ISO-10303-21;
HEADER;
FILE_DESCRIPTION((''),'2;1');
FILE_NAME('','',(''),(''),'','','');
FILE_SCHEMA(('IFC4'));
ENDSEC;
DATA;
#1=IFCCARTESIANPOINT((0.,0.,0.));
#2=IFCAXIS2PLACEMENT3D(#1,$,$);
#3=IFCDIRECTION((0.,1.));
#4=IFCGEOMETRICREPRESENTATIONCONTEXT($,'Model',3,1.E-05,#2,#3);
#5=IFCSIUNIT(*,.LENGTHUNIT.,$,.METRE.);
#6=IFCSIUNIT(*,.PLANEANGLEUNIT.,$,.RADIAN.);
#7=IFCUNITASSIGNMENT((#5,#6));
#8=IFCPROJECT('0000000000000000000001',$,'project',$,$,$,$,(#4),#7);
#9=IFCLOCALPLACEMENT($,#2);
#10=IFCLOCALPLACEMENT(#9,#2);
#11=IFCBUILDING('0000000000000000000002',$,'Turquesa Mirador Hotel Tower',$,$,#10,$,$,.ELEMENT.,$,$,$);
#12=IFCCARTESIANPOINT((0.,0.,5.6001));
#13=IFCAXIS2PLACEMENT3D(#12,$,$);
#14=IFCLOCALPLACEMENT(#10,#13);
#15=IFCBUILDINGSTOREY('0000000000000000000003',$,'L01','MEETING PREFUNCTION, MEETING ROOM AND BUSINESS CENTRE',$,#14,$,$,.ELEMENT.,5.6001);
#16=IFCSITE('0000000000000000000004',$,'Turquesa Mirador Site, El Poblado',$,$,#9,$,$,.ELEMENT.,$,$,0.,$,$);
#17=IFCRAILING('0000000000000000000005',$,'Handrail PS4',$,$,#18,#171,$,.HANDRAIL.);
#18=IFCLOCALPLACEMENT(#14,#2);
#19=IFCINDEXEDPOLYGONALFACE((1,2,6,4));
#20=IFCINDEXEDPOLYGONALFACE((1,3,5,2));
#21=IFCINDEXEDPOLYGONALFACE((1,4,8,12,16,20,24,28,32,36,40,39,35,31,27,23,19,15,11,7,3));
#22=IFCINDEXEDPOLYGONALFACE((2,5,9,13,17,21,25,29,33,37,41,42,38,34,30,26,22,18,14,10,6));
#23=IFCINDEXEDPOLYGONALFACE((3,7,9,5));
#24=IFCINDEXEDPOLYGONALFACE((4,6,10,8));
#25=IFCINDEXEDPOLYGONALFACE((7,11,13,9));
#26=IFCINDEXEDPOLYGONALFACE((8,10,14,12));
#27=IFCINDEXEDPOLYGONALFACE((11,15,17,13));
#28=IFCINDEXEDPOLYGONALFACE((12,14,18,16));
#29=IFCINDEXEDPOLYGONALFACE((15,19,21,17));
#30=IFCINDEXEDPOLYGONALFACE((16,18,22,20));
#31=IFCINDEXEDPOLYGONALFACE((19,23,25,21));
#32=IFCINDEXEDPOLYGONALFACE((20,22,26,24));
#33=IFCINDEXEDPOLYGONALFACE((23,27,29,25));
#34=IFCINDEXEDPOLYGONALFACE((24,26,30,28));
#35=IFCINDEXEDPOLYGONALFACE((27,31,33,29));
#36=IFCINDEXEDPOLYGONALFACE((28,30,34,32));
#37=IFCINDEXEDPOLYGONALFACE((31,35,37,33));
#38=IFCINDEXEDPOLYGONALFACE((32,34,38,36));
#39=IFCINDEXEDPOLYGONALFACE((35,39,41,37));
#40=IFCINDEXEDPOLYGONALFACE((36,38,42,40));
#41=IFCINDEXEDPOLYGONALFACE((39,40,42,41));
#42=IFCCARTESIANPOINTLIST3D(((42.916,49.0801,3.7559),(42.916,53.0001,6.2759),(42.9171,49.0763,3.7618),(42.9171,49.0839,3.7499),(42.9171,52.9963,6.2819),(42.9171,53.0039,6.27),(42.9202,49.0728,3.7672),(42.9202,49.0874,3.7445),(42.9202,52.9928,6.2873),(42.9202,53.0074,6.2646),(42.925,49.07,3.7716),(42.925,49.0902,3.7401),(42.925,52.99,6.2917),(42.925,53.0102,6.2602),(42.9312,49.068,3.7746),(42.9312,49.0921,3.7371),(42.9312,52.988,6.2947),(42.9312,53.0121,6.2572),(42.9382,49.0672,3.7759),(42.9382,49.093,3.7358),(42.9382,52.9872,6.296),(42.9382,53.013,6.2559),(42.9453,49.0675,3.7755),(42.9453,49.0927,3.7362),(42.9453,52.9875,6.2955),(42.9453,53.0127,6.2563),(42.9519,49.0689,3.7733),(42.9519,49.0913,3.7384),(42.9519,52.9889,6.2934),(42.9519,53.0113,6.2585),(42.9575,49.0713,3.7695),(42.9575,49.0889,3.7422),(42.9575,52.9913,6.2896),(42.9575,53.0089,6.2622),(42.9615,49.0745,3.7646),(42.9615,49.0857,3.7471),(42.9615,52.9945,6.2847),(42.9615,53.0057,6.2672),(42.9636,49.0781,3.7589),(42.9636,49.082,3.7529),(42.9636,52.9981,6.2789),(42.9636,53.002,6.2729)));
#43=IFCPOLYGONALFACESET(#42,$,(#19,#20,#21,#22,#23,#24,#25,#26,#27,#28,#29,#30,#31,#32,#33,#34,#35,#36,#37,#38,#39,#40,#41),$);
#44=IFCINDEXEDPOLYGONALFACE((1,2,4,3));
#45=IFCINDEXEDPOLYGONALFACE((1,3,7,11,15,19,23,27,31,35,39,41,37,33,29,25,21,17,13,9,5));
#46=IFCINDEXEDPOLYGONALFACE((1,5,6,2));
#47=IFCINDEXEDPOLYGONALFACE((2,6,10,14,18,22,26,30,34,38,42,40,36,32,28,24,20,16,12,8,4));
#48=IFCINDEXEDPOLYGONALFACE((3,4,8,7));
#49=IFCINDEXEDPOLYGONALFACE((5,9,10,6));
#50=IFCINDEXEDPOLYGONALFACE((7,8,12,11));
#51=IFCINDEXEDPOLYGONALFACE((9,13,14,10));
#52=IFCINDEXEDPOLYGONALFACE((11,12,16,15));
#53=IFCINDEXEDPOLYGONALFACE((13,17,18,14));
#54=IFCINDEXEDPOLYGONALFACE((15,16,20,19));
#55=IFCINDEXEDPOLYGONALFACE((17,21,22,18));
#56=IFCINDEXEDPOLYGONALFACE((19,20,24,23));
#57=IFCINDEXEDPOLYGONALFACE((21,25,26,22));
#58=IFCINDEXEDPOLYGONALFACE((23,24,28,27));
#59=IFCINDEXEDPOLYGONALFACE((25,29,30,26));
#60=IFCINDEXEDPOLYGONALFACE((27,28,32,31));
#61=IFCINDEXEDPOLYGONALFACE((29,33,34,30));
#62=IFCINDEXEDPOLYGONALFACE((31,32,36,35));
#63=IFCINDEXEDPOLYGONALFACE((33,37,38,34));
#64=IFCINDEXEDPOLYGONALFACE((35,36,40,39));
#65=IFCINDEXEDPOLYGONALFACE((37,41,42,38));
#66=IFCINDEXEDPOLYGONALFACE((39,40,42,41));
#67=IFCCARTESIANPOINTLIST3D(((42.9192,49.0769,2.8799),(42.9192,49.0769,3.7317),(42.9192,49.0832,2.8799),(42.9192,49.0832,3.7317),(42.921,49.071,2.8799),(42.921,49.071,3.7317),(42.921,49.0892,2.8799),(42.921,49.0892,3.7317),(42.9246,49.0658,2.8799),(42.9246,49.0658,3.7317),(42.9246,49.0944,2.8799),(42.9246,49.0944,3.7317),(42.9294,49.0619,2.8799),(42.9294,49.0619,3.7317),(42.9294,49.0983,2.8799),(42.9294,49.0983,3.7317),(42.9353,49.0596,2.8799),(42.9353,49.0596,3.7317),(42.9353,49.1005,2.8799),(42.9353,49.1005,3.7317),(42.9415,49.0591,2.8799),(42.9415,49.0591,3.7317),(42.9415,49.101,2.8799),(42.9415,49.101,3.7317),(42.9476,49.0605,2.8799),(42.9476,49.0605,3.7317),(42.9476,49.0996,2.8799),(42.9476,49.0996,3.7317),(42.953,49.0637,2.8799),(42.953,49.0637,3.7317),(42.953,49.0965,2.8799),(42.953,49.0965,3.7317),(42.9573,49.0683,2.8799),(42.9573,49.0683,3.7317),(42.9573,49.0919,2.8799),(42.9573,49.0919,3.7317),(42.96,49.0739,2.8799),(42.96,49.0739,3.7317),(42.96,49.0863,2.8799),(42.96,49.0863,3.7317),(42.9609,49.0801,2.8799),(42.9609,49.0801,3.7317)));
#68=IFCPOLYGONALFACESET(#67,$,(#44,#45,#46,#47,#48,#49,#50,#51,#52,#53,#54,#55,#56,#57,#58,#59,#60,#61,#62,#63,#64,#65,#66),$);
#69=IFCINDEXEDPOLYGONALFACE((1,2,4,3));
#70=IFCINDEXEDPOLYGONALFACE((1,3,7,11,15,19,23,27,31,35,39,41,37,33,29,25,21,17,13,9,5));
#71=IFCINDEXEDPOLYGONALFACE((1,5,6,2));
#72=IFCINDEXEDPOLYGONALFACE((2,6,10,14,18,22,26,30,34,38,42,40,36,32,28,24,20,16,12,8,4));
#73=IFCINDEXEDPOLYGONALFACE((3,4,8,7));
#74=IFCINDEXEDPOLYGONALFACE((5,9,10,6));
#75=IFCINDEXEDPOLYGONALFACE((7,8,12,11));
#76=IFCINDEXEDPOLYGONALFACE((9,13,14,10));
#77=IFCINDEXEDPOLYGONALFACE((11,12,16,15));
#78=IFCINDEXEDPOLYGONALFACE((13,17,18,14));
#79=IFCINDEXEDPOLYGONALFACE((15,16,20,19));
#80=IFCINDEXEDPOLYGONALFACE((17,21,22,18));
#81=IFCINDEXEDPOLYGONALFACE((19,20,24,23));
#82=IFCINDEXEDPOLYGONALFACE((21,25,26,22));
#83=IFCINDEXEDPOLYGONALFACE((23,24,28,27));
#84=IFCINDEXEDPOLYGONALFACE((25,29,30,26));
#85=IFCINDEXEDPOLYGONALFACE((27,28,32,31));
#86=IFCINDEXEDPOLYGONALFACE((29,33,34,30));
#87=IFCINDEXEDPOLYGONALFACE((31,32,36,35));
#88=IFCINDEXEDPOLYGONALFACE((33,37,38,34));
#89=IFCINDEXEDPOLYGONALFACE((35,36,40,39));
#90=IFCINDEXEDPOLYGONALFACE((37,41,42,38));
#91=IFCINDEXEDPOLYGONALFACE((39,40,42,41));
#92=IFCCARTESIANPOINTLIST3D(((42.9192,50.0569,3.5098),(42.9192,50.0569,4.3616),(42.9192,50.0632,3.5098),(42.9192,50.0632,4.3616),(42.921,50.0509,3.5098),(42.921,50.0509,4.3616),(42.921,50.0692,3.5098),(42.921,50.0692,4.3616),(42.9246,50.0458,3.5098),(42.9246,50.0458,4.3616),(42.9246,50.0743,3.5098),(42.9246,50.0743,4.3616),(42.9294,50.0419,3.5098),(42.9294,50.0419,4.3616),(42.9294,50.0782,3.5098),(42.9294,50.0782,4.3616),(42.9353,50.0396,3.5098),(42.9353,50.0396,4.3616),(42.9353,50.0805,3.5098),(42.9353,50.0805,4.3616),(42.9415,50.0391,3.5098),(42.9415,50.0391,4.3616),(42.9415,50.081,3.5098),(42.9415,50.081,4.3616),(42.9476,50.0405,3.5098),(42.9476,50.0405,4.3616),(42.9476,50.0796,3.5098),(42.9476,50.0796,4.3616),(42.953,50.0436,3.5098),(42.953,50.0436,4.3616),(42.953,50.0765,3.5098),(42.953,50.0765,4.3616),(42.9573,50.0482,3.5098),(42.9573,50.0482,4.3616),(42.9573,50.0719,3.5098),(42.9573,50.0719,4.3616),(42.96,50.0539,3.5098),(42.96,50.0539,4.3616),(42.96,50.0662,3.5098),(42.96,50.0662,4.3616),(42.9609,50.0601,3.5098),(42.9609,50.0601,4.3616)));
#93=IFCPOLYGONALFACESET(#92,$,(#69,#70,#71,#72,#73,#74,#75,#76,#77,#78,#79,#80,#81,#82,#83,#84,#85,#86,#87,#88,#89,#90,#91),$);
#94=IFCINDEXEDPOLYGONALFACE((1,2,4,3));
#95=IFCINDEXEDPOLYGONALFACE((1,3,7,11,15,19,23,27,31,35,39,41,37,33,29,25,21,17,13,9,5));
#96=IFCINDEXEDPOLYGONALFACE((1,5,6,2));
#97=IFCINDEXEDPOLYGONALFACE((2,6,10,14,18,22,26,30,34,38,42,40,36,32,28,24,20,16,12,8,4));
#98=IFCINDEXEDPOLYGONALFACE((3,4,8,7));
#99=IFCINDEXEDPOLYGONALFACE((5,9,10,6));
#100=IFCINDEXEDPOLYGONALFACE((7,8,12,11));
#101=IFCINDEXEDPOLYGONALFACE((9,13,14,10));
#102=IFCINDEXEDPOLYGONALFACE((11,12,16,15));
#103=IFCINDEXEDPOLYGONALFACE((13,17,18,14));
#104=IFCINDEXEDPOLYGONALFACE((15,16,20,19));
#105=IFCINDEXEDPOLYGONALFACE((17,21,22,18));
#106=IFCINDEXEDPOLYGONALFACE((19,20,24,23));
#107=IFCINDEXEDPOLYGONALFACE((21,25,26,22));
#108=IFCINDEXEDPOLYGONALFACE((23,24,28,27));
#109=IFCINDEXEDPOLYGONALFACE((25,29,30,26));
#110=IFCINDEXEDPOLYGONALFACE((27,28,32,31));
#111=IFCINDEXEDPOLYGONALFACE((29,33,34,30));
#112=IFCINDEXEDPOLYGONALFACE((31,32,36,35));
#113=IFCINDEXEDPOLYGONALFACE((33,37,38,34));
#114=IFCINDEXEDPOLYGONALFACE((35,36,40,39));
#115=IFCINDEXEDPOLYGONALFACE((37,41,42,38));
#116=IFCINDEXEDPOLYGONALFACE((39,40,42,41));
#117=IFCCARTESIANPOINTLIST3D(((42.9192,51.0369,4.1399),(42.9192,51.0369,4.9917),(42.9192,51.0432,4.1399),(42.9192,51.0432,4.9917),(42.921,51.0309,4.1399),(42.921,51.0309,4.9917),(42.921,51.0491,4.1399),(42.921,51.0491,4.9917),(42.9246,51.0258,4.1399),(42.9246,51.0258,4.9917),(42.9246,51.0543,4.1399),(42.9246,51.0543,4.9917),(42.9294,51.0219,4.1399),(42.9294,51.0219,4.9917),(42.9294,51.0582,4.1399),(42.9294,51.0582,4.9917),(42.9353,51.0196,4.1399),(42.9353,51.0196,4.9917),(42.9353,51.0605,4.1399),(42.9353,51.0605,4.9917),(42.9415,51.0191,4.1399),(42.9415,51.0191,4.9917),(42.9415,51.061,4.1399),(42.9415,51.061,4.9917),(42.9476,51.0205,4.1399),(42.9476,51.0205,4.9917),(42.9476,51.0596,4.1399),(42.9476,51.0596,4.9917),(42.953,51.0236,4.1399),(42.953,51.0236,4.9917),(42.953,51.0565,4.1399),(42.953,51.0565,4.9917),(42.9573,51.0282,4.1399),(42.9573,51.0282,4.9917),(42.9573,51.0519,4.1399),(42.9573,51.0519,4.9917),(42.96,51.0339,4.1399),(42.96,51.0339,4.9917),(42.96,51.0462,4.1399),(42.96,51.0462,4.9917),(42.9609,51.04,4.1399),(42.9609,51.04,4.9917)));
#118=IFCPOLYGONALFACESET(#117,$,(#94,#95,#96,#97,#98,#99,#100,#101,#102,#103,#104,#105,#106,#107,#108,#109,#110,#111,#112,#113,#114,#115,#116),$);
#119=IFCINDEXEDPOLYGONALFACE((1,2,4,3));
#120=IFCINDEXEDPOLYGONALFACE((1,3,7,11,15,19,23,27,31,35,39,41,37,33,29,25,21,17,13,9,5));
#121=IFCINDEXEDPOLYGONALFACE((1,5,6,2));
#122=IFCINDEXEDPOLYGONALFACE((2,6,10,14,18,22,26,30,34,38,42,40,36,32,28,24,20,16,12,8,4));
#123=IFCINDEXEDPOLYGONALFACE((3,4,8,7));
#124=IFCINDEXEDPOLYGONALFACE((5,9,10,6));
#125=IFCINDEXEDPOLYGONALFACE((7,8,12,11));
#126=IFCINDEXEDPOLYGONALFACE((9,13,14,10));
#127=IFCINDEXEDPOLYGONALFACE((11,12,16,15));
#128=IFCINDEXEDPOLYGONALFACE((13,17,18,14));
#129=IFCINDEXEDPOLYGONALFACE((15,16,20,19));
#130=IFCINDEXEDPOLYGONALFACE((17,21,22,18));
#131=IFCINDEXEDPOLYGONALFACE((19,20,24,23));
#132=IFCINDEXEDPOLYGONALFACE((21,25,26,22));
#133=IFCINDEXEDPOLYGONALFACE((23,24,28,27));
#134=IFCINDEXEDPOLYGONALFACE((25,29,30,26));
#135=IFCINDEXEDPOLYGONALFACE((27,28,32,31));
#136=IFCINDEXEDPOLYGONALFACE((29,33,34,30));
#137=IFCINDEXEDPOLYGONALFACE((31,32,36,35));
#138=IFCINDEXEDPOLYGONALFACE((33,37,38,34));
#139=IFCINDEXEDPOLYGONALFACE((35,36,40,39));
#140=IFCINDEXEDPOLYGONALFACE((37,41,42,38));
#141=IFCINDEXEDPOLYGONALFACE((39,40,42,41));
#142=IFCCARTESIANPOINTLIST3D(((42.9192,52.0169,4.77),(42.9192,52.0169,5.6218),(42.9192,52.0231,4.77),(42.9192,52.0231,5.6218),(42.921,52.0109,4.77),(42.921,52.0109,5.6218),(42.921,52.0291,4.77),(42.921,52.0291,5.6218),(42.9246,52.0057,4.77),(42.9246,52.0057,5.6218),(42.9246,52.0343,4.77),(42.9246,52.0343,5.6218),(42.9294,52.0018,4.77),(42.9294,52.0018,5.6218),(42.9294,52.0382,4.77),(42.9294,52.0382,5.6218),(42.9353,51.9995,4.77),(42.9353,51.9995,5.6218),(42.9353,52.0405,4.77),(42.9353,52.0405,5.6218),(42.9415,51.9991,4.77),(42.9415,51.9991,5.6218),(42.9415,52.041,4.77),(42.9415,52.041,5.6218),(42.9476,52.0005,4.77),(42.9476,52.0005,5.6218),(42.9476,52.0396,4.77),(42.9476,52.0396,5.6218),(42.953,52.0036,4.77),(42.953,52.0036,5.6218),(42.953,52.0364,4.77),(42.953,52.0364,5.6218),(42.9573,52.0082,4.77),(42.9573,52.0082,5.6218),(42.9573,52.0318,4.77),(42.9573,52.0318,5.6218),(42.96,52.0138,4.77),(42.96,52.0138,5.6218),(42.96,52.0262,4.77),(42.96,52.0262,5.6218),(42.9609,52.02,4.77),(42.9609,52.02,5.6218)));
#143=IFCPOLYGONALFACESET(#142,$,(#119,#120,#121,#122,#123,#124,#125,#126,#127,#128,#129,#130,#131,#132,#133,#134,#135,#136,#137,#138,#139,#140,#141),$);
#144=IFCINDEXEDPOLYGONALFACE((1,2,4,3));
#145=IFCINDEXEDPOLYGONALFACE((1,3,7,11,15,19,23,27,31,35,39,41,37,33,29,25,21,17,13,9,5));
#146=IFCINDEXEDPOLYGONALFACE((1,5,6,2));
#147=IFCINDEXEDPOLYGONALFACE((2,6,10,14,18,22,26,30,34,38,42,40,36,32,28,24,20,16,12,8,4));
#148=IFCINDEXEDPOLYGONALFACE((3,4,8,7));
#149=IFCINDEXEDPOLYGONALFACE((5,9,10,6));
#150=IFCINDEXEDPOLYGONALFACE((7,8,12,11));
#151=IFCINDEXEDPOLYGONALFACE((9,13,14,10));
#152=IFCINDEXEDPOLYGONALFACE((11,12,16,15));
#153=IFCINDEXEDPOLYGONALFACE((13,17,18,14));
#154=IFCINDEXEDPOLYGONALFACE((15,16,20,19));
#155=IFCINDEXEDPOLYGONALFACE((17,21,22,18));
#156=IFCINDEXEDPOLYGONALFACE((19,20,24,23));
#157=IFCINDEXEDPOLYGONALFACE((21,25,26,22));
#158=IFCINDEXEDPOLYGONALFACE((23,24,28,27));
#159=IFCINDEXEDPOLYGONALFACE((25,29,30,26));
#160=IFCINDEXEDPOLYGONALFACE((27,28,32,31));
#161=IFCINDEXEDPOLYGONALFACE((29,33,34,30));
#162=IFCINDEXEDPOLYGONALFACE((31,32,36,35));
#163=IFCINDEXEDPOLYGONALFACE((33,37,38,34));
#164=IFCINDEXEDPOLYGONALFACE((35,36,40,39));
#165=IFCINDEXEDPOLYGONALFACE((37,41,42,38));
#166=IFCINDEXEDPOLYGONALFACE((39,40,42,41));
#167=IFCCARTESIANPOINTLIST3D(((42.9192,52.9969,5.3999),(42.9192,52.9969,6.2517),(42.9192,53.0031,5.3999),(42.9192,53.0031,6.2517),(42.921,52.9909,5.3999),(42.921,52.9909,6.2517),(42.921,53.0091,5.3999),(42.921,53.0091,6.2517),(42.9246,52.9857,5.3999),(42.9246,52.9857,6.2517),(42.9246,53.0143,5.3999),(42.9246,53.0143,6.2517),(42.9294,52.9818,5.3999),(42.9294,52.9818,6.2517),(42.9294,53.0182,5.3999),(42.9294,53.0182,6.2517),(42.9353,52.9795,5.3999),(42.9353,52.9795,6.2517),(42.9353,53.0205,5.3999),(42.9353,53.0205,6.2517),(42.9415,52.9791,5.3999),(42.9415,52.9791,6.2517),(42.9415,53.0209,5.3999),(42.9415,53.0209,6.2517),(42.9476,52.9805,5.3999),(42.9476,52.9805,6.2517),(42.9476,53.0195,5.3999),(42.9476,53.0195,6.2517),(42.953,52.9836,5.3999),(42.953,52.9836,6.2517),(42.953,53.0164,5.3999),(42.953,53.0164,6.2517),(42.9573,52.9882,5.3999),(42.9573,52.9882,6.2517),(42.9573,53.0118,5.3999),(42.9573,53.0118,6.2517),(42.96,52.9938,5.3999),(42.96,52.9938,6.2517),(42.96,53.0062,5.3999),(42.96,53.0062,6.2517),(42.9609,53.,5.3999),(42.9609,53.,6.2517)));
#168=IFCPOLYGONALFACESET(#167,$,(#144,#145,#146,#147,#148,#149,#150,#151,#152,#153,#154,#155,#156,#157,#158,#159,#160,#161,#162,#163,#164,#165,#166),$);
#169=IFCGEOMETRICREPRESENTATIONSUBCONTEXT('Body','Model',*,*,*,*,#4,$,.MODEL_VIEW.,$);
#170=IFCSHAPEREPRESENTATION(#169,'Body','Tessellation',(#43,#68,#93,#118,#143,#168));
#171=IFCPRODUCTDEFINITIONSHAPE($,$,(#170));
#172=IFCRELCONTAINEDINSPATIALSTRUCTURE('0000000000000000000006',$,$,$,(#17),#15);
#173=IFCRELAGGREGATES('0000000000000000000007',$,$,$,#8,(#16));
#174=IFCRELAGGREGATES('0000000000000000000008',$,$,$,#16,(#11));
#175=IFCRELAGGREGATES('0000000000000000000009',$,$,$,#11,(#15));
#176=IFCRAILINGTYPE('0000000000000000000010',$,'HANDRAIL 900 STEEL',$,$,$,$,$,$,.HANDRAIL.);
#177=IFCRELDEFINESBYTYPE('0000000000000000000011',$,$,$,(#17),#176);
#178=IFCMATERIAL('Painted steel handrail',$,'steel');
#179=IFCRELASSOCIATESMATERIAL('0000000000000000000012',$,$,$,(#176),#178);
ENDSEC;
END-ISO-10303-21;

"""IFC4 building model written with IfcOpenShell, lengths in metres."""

from ifc_helpers import new_model, si_unit, direction, frame, origin, origin_2d, place, context, subcontext, project, spatial, circle, extrude, material, type_object, element, save


model = new_model("IFC4")

# Units and contexts
model_context = context("Model", 3, precision=1e-05, world=origin(), true_north=direction((0.0, 1.0)))
body_context = subcontext(model_context, "Body", "Model", "MODEL_VIEW")
ifc_project = project(units=[si_unit("LENGTHUNIT", "METRE"), si_unit("PLANEANGLEUNIT", "RADIAN")], contexts=[model_context])

# Site, building, storey
site_placement = place(None, origin())
site = spatial("IfcSite", under=ifc_project, at=site_placement, Name="Turquesa Mirador Site, El Poblado", CompositionType="ELEMENT", RefElevation=0.0)
building_placement = place(site_placement, origin())
building = spatial("IfcBuilding", under=site, at=building_placement, Name="Turquesa Mirador Hotel Tower", CompositionType="ELEMENT")
storey_placement = place(building_placement, frame((0.0, 0.0, 5.6001)))
storey = spatial("IfcBuildingStorey", under=building, at=storey_placement, Name="L01", Description="MEETING PREFUNCTION, MEETING ROOM AND BUSINESS CENTRE", CompositionType="ELEMENT", Elevation=5.6001)

# Railing
ifc_material_1 = material(Name="Painted steel handrail", Category="steel")
railing_type = type_object("IfcRailingType", Name="HANDRAIL 900 STEEL", PredefinedType="HANDRAIL", material=ifc_material_1)
railing_1_placement = place(storey_placement, frame((42.9399, 49.0801, 2.8799)))
element("IfcRailing", 1, at=railing_1_placement, inside=storey, type_object=railing_type, Name="Handrail PS4", PredefinedType="HANDRAIL", context=body_context, shape_type="SweptSolid", body=[
    extrude(circle(Radius=0.0239, at=origin_2d()), frame((0.0, 0.0, 0.876), z_axis=(0.0, 0.841172, 0.540768), x_axis=(-1.0, 0.0, 0.0)), (0.0, 0.0, 1.0), 4.6602),
    extrude(circle(Radius=0.021, at=origin_2d()), origin(), (0.0, 0.0, 1.0), 0.8518),
    extrude(circle(Radius=0.021, at=origin_2d()), frame((0.0, 0.98, 0.6299)), (0.0, 0.0, 1.0), 0.8518),
    extrude(circle(Radius=0.021, at=origin_2d()), frame((0.0, 1.96, 1.26)), (0.0, 0.0, 1.0), 0.8518),
    extrude(circle(Radius=0.021, at=origin_2d()), frame((0.0, 2.9399, 1.8901)), (0.0, 0.0, 1.0), 0.8518),
    extrude(circle(Radius=0.021, at=origin_2d()), frame((0.0, 3.9199, 2.52)), (0.0, 0.0, 1.0), 0.8518),
])

save(model, "model.ifc")
